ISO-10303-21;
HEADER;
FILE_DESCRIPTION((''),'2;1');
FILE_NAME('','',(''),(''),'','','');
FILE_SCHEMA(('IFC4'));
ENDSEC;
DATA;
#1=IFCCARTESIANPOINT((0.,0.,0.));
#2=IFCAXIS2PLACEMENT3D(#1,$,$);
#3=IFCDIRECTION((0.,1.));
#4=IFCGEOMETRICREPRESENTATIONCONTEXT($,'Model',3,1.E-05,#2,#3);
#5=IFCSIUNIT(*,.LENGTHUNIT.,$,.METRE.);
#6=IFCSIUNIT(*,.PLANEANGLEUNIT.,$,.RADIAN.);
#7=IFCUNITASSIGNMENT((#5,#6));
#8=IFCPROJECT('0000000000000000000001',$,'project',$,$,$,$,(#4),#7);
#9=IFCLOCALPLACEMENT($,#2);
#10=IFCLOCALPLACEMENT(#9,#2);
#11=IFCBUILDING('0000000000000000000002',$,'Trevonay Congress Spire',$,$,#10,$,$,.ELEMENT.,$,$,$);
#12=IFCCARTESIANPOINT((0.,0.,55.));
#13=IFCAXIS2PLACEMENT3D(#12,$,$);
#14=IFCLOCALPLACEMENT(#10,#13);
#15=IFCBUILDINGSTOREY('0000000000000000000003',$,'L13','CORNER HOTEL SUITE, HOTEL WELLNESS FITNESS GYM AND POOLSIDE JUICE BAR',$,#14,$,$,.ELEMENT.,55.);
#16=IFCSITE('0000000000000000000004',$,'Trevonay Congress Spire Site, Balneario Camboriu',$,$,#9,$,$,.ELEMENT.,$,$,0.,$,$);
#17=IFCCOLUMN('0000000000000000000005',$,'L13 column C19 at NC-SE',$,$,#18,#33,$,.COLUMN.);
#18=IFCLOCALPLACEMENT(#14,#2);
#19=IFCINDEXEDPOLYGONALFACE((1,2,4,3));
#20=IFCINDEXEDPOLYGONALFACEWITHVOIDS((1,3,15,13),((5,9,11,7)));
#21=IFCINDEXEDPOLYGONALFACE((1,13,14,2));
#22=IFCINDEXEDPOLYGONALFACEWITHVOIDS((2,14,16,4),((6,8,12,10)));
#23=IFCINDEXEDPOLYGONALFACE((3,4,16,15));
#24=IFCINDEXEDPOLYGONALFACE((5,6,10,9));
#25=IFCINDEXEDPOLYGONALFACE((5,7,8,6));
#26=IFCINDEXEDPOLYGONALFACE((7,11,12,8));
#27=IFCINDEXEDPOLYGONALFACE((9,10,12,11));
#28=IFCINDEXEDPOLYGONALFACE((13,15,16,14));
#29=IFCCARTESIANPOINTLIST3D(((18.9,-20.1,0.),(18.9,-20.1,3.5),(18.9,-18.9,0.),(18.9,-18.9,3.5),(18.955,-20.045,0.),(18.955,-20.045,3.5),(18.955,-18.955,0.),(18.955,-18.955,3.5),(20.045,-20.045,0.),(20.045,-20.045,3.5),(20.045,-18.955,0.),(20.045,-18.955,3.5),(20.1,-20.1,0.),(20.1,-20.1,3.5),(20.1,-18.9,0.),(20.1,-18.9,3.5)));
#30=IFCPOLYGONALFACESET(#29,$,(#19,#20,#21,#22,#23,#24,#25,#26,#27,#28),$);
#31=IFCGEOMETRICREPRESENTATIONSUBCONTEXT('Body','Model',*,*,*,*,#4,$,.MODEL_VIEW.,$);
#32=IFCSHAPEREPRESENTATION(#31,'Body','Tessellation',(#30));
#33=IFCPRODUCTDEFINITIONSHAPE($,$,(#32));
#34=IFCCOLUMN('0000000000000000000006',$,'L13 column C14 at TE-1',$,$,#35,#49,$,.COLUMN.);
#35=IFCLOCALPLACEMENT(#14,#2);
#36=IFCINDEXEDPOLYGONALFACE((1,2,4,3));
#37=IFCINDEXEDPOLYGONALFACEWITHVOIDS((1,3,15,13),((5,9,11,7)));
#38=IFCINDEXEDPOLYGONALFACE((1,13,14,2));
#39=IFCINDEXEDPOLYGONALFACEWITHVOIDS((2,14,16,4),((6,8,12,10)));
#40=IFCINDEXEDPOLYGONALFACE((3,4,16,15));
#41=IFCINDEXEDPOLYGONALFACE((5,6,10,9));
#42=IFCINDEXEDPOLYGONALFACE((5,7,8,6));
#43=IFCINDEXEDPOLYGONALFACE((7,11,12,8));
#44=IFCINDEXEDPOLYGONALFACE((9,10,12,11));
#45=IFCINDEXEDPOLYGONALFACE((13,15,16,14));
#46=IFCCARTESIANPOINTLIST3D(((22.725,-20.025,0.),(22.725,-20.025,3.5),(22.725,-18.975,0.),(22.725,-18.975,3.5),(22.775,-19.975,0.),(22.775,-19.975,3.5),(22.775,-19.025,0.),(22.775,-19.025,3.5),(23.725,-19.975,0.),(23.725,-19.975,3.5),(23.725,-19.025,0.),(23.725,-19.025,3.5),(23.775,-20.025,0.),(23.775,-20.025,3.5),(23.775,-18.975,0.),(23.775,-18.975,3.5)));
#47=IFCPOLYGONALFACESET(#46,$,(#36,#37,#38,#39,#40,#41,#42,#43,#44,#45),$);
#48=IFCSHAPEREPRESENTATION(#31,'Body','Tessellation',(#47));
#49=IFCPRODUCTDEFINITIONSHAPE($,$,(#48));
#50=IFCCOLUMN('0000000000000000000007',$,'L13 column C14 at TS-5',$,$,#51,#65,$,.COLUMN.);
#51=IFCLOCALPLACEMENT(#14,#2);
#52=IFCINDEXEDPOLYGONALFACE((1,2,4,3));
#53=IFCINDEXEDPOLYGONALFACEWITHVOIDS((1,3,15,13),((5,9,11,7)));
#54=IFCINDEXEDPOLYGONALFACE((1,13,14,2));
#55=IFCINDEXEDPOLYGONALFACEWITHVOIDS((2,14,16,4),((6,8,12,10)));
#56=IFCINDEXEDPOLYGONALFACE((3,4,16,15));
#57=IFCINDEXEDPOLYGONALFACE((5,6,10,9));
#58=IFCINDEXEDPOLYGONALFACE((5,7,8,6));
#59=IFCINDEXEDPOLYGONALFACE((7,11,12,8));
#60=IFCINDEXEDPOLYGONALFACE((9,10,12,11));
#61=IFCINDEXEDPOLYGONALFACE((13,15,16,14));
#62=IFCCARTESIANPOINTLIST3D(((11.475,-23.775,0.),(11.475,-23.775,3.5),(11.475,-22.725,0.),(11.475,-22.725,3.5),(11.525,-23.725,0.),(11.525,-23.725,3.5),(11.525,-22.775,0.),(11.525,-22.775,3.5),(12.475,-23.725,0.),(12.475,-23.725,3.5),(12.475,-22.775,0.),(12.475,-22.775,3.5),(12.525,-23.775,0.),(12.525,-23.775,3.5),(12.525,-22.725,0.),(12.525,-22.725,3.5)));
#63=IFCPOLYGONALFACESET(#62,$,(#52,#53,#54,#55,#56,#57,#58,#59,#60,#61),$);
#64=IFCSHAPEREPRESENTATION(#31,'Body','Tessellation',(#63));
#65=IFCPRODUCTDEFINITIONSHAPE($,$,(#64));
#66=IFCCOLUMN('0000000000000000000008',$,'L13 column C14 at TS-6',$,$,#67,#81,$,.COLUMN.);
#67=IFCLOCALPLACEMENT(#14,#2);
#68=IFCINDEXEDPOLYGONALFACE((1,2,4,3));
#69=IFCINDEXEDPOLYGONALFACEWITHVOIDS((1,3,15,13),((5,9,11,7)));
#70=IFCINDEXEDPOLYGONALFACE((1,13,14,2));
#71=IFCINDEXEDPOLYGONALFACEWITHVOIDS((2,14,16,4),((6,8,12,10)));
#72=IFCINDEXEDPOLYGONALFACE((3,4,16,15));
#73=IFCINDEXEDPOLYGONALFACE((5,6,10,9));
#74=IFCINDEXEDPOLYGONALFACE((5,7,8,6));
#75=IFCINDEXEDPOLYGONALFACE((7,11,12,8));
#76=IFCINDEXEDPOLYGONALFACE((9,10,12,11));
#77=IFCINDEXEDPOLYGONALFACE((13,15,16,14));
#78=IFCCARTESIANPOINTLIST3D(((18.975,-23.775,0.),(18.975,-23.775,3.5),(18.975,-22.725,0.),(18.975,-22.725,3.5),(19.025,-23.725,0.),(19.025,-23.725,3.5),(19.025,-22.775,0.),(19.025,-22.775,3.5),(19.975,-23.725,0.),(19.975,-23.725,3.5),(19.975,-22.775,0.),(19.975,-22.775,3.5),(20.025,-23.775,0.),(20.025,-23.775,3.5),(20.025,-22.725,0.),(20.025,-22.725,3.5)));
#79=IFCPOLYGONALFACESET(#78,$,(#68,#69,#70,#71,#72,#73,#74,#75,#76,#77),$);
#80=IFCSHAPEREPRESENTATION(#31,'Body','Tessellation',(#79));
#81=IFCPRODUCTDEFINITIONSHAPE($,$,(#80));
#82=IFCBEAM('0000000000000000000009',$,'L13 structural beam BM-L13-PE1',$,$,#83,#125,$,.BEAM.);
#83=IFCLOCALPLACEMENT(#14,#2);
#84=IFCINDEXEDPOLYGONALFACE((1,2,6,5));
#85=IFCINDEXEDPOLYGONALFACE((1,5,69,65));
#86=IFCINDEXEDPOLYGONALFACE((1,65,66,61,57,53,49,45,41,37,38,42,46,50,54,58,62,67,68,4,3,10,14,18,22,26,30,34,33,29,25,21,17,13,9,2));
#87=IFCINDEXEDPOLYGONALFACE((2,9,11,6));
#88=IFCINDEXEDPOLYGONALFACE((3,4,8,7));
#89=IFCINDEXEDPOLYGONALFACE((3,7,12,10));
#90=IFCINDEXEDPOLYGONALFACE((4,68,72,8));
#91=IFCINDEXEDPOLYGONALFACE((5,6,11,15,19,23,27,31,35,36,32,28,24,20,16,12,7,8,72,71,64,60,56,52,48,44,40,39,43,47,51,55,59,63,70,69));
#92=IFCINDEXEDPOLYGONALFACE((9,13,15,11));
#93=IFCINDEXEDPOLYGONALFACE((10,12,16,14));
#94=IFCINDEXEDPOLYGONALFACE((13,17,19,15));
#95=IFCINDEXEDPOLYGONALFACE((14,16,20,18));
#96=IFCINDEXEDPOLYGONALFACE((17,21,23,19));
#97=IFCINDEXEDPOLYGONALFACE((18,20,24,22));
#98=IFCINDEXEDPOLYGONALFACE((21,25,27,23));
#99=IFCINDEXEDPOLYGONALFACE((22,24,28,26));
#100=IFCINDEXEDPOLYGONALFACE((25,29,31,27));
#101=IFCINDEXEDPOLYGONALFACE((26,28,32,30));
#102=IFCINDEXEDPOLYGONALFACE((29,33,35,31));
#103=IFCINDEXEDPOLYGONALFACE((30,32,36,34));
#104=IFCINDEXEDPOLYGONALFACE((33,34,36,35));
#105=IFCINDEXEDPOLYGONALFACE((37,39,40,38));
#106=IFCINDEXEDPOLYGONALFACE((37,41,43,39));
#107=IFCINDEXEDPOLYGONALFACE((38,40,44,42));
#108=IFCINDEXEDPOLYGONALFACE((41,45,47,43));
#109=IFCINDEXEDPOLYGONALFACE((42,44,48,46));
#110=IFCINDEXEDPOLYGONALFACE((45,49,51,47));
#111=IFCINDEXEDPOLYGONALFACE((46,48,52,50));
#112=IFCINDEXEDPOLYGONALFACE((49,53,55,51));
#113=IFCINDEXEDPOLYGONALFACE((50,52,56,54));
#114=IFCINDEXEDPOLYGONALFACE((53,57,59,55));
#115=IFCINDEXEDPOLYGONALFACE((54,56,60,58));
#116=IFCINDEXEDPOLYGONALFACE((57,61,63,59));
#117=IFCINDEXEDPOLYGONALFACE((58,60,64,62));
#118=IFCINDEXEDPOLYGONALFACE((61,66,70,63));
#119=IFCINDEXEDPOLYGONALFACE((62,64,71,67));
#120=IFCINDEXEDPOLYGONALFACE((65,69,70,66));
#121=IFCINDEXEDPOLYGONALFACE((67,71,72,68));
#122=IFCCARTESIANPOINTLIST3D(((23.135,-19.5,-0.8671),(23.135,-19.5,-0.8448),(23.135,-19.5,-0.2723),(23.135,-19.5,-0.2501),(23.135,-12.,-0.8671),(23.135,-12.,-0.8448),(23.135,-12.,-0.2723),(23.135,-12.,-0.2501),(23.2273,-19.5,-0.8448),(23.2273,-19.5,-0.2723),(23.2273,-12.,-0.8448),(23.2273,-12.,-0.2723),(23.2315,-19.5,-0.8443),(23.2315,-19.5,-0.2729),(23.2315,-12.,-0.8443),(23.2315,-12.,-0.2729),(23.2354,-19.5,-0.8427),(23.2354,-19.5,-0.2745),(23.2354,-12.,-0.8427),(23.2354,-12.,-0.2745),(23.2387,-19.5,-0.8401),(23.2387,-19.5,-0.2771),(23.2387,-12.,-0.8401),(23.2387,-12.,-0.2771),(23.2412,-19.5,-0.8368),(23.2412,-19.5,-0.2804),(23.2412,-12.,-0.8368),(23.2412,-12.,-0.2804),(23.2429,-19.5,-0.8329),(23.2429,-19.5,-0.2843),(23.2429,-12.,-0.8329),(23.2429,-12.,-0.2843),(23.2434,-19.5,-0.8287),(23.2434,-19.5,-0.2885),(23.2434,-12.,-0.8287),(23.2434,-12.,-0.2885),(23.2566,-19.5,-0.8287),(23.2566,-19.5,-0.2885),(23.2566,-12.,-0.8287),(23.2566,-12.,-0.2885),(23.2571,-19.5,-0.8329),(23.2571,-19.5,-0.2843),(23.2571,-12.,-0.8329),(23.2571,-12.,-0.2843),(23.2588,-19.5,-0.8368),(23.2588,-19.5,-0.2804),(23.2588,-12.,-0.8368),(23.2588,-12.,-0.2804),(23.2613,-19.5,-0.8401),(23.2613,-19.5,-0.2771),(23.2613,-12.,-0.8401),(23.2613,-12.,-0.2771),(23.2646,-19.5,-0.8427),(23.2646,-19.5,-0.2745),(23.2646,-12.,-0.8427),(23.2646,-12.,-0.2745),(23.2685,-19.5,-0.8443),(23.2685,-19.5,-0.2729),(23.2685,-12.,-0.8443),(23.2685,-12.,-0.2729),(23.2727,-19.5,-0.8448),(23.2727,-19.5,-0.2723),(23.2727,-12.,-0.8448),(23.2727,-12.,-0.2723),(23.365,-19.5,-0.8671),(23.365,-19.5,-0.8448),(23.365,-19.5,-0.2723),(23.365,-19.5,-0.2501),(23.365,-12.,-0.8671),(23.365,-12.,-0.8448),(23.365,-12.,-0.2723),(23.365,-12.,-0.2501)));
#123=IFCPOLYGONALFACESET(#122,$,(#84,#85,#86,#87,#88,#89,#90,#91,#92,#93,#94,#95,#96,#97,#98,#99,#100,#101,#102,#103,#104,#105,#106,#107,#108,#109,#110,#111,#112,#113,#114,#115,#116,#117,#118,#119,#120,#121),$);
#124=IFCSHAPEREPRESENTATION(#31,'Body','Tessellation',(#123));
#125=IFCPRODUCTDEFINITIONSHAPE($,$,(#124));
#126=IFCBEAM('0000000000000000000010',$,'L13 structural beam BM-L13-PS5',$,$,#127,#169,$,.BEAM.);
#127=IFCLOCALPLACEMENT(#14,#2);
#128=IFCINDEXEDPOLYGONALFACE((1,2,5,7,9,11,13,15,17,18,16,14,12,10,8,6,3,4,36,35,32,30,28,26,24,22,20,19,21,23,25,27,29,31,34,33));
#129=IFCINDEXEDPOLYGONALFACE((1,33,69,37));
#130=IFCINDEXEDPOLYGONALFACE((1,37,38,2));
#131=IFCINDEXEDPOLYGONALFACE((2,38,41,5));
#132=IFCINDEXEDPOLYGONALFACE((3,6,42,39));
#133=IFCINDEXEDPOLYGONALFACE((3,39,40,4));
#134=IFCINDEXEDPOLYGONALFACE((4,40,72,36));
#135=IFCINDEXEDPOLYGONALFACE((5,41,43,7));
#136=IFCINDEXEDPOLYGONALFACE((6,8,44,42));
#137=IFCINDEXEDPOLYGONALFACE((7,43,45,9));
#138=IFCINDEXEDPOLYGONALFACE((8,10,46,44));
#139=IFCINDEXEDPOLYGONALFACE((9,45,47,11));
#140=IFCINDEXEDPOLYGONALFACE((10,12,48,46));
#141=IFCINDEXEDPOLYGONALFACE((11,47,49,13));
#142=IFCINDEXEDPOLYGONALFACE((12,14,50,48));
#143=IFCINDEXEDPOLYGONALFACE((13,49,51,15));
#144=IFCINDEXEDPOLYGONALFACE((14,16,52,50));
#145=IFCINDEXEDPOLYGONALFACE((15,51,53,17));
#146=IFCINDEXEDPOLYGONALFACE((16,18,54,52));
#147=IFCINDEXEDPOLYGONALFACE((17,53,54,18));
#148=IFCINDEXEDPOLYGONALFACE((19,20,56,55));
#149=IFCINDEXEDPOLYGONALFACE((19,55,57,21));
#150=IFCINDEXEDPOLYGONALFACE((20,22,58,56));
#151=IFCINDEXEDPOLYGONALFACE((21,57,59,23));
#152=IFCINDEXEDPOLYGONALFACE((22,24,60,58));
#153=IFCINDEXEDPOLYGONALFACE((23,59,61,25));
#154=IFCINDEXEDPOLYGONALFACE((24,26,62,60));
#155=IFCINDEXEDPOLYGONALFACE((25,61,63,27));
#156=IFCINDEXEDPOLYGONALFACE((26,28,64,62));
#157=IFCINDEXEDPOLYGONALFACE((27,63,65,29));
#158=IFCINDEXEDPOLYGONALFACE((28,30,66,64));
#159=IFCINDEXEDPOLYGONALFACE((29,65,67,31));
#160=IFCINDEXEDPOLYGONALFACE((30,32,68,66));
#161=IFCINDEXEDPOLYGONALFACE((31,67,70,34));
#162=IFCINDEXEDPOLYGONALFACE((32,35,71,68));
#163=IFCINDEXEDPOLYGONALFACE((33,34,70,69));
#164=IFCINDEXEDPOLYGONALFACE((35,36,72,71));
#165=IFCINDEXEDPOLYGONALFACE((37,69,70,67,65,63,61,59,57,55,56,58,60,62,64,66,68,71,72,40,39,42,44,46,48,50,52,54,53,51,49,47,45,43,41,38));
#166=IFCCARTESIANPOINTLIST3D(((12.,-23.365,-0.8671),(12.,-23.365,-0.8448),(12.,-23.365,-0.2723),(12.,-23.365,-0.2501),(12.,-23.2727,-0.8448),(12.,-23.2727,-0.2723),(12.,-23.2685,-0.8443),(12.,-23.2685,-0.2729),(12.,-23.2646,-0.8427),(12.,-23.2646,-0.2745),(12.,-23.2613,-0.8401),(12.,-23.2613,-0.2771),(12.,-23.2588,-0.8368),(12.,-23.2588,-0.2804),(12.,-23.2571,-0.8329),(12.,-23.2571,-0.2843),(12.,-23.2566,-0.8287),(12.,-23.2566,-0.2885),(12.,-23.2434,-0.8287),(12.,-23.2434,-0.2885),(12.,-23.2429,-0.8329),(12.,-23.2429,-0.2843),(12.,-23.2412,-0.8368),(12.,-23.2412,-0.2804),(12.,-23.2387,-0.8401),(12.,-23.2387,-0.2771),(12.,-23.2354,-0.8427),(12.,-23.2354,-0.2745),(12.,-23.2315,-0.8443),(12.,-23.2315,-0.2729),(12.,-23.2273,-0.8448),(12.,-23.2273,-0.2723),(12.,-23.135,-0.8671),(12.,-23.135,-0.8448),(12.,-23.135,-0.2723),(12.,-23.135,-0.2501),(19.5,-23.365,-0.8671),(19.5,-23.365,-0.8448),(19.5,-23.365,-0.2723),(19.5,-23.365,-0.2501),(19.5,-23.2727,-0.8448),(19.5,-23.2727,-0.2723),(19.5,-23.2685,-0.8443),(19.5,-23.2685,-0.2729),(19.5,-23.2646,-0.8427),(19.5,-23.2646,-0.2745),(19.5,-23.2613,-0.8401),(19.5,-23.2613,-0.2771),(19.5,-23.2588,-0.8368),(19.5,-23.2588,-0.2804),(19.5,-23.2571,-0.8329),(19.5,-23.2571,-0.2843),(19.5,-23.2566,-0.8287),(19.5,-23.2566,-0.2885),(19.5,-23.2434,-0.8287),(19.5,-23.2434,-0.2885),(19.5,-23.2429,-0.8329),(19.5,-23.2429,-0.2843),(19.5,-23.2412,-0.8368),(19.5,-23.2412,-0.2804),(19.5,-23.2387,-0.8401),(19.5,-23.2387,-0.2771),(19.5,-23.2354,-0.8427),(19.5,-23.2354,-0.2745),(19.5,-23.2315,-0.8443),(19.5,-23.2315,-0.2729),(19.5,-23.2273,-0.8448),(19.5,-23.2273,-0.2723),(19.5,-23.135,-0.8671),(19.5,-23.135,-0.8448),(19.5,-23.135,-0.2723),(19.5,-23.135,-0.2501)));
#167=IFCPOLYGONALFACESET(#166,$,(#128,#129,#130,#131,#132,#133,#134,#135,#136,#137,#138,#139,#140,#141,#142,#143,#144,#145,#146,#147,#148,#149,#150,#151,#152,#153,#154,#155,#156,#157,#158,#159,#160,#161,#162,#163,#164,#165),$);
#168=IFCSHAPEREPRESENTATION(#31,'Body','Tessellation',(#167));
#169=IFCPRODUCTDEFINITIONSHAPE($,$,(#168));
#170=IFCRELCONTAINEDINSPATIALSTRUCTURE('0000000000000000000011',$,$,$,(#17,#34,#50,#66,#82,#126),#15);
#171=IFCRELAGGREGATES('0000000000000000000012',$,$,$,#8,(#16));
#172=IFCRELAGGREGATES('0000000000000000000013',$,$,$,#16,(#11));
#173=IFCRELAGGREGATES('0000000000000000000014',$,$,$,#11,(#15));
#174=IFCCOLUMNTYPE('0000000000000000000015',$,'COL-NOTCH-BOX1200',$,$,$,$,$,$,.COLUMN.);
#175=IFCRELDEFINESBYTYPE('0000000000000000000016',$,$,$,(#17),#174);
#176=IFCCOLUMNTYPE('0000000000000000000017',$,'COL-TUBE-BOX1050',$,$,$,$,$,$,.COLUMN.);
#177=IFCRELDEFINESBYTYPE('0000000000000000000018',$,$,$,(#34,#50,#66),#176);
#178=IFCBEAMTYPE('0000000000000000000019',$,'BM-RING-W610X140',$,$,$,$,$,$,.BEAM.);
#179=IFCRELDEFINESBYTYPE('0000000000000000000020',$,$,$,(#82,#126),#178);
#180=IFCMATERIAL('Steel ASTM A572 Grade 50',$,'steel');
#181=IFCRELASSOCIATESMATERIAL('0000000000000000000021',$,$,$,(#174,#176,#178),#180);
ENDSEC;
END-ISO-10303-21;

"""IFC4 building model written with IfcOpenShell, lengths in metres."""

from ifc_helpers import new_model, si_unit, direction, frame, origin, origin_2d, place, context, subcontext, project, spatial, hollow_rectangle, i_section, extrude, material, material_profile, profile_set, type_object, element, save


model = new_model("IFC4")

# Units and contexts
model_context = context("Model", 3, precision=1e-05, world=origin(), true_north=direction((0.0, 1.0)))
body_context = subcontext(model_context, "Body", "Model", "MODEL_VIEW")
ifc_project = project(units=[si_unit("LENGTHUNIT", "METRE"), si_unit("PLANEANGLEUNIT", "RADIAN")], contexts=[model_context])

# Site, building, storey
site_placement = place(None, origin())
site = spatial("IfcSite", under=ifc_project, at=site_placement, Name="Trevonay Congress Spire Site, Balneario Camboriu", CompositionType="ELEMENT", RefElevation=0.0)
building_placement = place(site_placement, origin())
building = spatial("IfcBuilding", under=site, at=building_placement, Name="Trevonay Congress Spire", CompositionType="ELEMENT")
storey_placement = place(building_placement, frame((0.0, 0.0, 55.0)))
storey = spatial("IfcBuildingStorey", under=building, at=storey_placement, Name="L13", Description="CORNER HOTEL SUITE, HOTEL WELLNESS FITNESS GYM AND POOLSIDE JUICE BAR", CompositionType="ELEMENT", Elevation=55.0)

# Columns
ifc_material_1 = material(Name="Steel ASTM A572 Grade 50", Category="steel")
ifc_material_profile_1 = material_profile(ifc_material_1, hollow_rectangle(XDim=1.2, YDim=1.2, WallThickness=0.0549, at=origin_2d()), Name="BOX 1200x1200x55")
ifc_profile_set_1 = profile_set([ifc_material_profile_1], Name="Steel ASTM A572 Grade 50")
column_type_1 = type_object("IfcColumnType", Name="COL-NOTCH-BOX1200", PredefinedType="COLUMN", material=ifc_profile_set_1)
column_placement = place(storey_placement, frame((19.5, -19.5, 0.0), z_axis=(0.0, 0.0, 1.0), x_axis=(1.0, 0.0, 0.0)))
element("IfcColumn", 1, at=column_placement, inside=storey, type_object=column_type_1, Name="L13 column C19 at NC-SE", PredefinedType="COLUMN", context=body_context, shape_type="SweptSolid", body=[
    extrude(hollow_rectangle(XDim=1.2, YDim=1.2, WallThickness=0.0549, at=origin_2d()), origin(), (0.0, 0.0, 1.0), 3.5),
])
ifc_material_profile_2 = material_profile(ifc_material_1, hollow_rectangle(XDim=1.05, YDim=1.05, WallThickness=0.05, at=origin_2d()), Name="BOX 1050x1050x50")
ifc_profile_set_2 = profile_set([ifc_material_profile_2], Name="Steel ASTM A572 Grade 50")
column_type_2 = type_object("IfcColumnType", Name="COL-TUBE-BOX1050", PredefinedType="COLUMN", material=ifc_profile_set_2)
for number, where, z_axis, x_axis, name in (
    (2, (23.25, -19.5, 0.0), (0.0, 0.0, 1.0), (1.0, 0.0, 0.0), "L13 column C14 at TE-1"),
    (3, (12.0, -23.25, 0.0), (0.0, 0.0, 1.0), (1.0, 0.0, 0.0), "L13 column C14 at TS-5"),
    (4, (19.5, -23.25, 0.0), (0.0, 0.0, 1.0), (1.0, 0.0, 0.0), "L13 column C14 at TS-6"),
):
    element("IfcColumn", number, at=place(storey_placement, frame(where, z_axis=z_axis, x_axis=x_axis)), inside=storey, type_object=column_type_2, Name=name, PredefinedType="COLUMN", context=body_context, shape_type="SweptSolid", body=[
        extrude(hollow_rectangle(XDim=1.05, YDim=1.05, WallThickness=0.05, at=origin_2d()), origin(), (0.0, 0.0, 1.0), 3.5),
    ])

# Beams
ifc_material_profile_3 = material_profile(ifc_material_1, i_section(OverallWidth=0.23, OverallDepth=0.6169, WebThickness=0.0132, FlangeThickness=0.0222, FilletRadius=0.0161, at=origin_2d()), Name="W610x140")
ifc_profile_set_3 = profile_set([ifc_material_profile_3], Name="Steel ASTM A572 Grade 50")
beam_type_1 = type_object("IfcBeamType", Name="BM-RING-W610X140", PredefinedType="BEAM", material=ifc_profile_set_3)
for number, where, z_axis, x_axis, name in (
    (5, (23.25, -19.5, -0.5586), (0.0, 1.0, 0.0), (-1.0, 0.0, 0.0), "L13 structural beam BM-L13-PE1"),
    (6, (12.0, -23.25, -0.5586), (1.0, 0.0, 0.0), (0.0, 1.0, 0.0), "L13 structural beam BM-L13-PS5"),
):
    element("IfcBeam", number, at=place(storey_placement, frame(where, z_axis=z_axis, x_axis=x_axis)), inside=storey, type_object=beam_type_1, Name=name, PredefinedType="BEAM", context=body_context, shape_type="SweptSolid", body=[
        extrude(i_section(OverallWidth=0.23, OverallDepth=0.6169, WebThickness=0.0132, FlangeThickness=0.0222, FilletRadius=0.0161, at=origin_2d()), origin(), (0.0, 0.0, 1.0), 7.5),
    ])

save(model, "model.ifc")
